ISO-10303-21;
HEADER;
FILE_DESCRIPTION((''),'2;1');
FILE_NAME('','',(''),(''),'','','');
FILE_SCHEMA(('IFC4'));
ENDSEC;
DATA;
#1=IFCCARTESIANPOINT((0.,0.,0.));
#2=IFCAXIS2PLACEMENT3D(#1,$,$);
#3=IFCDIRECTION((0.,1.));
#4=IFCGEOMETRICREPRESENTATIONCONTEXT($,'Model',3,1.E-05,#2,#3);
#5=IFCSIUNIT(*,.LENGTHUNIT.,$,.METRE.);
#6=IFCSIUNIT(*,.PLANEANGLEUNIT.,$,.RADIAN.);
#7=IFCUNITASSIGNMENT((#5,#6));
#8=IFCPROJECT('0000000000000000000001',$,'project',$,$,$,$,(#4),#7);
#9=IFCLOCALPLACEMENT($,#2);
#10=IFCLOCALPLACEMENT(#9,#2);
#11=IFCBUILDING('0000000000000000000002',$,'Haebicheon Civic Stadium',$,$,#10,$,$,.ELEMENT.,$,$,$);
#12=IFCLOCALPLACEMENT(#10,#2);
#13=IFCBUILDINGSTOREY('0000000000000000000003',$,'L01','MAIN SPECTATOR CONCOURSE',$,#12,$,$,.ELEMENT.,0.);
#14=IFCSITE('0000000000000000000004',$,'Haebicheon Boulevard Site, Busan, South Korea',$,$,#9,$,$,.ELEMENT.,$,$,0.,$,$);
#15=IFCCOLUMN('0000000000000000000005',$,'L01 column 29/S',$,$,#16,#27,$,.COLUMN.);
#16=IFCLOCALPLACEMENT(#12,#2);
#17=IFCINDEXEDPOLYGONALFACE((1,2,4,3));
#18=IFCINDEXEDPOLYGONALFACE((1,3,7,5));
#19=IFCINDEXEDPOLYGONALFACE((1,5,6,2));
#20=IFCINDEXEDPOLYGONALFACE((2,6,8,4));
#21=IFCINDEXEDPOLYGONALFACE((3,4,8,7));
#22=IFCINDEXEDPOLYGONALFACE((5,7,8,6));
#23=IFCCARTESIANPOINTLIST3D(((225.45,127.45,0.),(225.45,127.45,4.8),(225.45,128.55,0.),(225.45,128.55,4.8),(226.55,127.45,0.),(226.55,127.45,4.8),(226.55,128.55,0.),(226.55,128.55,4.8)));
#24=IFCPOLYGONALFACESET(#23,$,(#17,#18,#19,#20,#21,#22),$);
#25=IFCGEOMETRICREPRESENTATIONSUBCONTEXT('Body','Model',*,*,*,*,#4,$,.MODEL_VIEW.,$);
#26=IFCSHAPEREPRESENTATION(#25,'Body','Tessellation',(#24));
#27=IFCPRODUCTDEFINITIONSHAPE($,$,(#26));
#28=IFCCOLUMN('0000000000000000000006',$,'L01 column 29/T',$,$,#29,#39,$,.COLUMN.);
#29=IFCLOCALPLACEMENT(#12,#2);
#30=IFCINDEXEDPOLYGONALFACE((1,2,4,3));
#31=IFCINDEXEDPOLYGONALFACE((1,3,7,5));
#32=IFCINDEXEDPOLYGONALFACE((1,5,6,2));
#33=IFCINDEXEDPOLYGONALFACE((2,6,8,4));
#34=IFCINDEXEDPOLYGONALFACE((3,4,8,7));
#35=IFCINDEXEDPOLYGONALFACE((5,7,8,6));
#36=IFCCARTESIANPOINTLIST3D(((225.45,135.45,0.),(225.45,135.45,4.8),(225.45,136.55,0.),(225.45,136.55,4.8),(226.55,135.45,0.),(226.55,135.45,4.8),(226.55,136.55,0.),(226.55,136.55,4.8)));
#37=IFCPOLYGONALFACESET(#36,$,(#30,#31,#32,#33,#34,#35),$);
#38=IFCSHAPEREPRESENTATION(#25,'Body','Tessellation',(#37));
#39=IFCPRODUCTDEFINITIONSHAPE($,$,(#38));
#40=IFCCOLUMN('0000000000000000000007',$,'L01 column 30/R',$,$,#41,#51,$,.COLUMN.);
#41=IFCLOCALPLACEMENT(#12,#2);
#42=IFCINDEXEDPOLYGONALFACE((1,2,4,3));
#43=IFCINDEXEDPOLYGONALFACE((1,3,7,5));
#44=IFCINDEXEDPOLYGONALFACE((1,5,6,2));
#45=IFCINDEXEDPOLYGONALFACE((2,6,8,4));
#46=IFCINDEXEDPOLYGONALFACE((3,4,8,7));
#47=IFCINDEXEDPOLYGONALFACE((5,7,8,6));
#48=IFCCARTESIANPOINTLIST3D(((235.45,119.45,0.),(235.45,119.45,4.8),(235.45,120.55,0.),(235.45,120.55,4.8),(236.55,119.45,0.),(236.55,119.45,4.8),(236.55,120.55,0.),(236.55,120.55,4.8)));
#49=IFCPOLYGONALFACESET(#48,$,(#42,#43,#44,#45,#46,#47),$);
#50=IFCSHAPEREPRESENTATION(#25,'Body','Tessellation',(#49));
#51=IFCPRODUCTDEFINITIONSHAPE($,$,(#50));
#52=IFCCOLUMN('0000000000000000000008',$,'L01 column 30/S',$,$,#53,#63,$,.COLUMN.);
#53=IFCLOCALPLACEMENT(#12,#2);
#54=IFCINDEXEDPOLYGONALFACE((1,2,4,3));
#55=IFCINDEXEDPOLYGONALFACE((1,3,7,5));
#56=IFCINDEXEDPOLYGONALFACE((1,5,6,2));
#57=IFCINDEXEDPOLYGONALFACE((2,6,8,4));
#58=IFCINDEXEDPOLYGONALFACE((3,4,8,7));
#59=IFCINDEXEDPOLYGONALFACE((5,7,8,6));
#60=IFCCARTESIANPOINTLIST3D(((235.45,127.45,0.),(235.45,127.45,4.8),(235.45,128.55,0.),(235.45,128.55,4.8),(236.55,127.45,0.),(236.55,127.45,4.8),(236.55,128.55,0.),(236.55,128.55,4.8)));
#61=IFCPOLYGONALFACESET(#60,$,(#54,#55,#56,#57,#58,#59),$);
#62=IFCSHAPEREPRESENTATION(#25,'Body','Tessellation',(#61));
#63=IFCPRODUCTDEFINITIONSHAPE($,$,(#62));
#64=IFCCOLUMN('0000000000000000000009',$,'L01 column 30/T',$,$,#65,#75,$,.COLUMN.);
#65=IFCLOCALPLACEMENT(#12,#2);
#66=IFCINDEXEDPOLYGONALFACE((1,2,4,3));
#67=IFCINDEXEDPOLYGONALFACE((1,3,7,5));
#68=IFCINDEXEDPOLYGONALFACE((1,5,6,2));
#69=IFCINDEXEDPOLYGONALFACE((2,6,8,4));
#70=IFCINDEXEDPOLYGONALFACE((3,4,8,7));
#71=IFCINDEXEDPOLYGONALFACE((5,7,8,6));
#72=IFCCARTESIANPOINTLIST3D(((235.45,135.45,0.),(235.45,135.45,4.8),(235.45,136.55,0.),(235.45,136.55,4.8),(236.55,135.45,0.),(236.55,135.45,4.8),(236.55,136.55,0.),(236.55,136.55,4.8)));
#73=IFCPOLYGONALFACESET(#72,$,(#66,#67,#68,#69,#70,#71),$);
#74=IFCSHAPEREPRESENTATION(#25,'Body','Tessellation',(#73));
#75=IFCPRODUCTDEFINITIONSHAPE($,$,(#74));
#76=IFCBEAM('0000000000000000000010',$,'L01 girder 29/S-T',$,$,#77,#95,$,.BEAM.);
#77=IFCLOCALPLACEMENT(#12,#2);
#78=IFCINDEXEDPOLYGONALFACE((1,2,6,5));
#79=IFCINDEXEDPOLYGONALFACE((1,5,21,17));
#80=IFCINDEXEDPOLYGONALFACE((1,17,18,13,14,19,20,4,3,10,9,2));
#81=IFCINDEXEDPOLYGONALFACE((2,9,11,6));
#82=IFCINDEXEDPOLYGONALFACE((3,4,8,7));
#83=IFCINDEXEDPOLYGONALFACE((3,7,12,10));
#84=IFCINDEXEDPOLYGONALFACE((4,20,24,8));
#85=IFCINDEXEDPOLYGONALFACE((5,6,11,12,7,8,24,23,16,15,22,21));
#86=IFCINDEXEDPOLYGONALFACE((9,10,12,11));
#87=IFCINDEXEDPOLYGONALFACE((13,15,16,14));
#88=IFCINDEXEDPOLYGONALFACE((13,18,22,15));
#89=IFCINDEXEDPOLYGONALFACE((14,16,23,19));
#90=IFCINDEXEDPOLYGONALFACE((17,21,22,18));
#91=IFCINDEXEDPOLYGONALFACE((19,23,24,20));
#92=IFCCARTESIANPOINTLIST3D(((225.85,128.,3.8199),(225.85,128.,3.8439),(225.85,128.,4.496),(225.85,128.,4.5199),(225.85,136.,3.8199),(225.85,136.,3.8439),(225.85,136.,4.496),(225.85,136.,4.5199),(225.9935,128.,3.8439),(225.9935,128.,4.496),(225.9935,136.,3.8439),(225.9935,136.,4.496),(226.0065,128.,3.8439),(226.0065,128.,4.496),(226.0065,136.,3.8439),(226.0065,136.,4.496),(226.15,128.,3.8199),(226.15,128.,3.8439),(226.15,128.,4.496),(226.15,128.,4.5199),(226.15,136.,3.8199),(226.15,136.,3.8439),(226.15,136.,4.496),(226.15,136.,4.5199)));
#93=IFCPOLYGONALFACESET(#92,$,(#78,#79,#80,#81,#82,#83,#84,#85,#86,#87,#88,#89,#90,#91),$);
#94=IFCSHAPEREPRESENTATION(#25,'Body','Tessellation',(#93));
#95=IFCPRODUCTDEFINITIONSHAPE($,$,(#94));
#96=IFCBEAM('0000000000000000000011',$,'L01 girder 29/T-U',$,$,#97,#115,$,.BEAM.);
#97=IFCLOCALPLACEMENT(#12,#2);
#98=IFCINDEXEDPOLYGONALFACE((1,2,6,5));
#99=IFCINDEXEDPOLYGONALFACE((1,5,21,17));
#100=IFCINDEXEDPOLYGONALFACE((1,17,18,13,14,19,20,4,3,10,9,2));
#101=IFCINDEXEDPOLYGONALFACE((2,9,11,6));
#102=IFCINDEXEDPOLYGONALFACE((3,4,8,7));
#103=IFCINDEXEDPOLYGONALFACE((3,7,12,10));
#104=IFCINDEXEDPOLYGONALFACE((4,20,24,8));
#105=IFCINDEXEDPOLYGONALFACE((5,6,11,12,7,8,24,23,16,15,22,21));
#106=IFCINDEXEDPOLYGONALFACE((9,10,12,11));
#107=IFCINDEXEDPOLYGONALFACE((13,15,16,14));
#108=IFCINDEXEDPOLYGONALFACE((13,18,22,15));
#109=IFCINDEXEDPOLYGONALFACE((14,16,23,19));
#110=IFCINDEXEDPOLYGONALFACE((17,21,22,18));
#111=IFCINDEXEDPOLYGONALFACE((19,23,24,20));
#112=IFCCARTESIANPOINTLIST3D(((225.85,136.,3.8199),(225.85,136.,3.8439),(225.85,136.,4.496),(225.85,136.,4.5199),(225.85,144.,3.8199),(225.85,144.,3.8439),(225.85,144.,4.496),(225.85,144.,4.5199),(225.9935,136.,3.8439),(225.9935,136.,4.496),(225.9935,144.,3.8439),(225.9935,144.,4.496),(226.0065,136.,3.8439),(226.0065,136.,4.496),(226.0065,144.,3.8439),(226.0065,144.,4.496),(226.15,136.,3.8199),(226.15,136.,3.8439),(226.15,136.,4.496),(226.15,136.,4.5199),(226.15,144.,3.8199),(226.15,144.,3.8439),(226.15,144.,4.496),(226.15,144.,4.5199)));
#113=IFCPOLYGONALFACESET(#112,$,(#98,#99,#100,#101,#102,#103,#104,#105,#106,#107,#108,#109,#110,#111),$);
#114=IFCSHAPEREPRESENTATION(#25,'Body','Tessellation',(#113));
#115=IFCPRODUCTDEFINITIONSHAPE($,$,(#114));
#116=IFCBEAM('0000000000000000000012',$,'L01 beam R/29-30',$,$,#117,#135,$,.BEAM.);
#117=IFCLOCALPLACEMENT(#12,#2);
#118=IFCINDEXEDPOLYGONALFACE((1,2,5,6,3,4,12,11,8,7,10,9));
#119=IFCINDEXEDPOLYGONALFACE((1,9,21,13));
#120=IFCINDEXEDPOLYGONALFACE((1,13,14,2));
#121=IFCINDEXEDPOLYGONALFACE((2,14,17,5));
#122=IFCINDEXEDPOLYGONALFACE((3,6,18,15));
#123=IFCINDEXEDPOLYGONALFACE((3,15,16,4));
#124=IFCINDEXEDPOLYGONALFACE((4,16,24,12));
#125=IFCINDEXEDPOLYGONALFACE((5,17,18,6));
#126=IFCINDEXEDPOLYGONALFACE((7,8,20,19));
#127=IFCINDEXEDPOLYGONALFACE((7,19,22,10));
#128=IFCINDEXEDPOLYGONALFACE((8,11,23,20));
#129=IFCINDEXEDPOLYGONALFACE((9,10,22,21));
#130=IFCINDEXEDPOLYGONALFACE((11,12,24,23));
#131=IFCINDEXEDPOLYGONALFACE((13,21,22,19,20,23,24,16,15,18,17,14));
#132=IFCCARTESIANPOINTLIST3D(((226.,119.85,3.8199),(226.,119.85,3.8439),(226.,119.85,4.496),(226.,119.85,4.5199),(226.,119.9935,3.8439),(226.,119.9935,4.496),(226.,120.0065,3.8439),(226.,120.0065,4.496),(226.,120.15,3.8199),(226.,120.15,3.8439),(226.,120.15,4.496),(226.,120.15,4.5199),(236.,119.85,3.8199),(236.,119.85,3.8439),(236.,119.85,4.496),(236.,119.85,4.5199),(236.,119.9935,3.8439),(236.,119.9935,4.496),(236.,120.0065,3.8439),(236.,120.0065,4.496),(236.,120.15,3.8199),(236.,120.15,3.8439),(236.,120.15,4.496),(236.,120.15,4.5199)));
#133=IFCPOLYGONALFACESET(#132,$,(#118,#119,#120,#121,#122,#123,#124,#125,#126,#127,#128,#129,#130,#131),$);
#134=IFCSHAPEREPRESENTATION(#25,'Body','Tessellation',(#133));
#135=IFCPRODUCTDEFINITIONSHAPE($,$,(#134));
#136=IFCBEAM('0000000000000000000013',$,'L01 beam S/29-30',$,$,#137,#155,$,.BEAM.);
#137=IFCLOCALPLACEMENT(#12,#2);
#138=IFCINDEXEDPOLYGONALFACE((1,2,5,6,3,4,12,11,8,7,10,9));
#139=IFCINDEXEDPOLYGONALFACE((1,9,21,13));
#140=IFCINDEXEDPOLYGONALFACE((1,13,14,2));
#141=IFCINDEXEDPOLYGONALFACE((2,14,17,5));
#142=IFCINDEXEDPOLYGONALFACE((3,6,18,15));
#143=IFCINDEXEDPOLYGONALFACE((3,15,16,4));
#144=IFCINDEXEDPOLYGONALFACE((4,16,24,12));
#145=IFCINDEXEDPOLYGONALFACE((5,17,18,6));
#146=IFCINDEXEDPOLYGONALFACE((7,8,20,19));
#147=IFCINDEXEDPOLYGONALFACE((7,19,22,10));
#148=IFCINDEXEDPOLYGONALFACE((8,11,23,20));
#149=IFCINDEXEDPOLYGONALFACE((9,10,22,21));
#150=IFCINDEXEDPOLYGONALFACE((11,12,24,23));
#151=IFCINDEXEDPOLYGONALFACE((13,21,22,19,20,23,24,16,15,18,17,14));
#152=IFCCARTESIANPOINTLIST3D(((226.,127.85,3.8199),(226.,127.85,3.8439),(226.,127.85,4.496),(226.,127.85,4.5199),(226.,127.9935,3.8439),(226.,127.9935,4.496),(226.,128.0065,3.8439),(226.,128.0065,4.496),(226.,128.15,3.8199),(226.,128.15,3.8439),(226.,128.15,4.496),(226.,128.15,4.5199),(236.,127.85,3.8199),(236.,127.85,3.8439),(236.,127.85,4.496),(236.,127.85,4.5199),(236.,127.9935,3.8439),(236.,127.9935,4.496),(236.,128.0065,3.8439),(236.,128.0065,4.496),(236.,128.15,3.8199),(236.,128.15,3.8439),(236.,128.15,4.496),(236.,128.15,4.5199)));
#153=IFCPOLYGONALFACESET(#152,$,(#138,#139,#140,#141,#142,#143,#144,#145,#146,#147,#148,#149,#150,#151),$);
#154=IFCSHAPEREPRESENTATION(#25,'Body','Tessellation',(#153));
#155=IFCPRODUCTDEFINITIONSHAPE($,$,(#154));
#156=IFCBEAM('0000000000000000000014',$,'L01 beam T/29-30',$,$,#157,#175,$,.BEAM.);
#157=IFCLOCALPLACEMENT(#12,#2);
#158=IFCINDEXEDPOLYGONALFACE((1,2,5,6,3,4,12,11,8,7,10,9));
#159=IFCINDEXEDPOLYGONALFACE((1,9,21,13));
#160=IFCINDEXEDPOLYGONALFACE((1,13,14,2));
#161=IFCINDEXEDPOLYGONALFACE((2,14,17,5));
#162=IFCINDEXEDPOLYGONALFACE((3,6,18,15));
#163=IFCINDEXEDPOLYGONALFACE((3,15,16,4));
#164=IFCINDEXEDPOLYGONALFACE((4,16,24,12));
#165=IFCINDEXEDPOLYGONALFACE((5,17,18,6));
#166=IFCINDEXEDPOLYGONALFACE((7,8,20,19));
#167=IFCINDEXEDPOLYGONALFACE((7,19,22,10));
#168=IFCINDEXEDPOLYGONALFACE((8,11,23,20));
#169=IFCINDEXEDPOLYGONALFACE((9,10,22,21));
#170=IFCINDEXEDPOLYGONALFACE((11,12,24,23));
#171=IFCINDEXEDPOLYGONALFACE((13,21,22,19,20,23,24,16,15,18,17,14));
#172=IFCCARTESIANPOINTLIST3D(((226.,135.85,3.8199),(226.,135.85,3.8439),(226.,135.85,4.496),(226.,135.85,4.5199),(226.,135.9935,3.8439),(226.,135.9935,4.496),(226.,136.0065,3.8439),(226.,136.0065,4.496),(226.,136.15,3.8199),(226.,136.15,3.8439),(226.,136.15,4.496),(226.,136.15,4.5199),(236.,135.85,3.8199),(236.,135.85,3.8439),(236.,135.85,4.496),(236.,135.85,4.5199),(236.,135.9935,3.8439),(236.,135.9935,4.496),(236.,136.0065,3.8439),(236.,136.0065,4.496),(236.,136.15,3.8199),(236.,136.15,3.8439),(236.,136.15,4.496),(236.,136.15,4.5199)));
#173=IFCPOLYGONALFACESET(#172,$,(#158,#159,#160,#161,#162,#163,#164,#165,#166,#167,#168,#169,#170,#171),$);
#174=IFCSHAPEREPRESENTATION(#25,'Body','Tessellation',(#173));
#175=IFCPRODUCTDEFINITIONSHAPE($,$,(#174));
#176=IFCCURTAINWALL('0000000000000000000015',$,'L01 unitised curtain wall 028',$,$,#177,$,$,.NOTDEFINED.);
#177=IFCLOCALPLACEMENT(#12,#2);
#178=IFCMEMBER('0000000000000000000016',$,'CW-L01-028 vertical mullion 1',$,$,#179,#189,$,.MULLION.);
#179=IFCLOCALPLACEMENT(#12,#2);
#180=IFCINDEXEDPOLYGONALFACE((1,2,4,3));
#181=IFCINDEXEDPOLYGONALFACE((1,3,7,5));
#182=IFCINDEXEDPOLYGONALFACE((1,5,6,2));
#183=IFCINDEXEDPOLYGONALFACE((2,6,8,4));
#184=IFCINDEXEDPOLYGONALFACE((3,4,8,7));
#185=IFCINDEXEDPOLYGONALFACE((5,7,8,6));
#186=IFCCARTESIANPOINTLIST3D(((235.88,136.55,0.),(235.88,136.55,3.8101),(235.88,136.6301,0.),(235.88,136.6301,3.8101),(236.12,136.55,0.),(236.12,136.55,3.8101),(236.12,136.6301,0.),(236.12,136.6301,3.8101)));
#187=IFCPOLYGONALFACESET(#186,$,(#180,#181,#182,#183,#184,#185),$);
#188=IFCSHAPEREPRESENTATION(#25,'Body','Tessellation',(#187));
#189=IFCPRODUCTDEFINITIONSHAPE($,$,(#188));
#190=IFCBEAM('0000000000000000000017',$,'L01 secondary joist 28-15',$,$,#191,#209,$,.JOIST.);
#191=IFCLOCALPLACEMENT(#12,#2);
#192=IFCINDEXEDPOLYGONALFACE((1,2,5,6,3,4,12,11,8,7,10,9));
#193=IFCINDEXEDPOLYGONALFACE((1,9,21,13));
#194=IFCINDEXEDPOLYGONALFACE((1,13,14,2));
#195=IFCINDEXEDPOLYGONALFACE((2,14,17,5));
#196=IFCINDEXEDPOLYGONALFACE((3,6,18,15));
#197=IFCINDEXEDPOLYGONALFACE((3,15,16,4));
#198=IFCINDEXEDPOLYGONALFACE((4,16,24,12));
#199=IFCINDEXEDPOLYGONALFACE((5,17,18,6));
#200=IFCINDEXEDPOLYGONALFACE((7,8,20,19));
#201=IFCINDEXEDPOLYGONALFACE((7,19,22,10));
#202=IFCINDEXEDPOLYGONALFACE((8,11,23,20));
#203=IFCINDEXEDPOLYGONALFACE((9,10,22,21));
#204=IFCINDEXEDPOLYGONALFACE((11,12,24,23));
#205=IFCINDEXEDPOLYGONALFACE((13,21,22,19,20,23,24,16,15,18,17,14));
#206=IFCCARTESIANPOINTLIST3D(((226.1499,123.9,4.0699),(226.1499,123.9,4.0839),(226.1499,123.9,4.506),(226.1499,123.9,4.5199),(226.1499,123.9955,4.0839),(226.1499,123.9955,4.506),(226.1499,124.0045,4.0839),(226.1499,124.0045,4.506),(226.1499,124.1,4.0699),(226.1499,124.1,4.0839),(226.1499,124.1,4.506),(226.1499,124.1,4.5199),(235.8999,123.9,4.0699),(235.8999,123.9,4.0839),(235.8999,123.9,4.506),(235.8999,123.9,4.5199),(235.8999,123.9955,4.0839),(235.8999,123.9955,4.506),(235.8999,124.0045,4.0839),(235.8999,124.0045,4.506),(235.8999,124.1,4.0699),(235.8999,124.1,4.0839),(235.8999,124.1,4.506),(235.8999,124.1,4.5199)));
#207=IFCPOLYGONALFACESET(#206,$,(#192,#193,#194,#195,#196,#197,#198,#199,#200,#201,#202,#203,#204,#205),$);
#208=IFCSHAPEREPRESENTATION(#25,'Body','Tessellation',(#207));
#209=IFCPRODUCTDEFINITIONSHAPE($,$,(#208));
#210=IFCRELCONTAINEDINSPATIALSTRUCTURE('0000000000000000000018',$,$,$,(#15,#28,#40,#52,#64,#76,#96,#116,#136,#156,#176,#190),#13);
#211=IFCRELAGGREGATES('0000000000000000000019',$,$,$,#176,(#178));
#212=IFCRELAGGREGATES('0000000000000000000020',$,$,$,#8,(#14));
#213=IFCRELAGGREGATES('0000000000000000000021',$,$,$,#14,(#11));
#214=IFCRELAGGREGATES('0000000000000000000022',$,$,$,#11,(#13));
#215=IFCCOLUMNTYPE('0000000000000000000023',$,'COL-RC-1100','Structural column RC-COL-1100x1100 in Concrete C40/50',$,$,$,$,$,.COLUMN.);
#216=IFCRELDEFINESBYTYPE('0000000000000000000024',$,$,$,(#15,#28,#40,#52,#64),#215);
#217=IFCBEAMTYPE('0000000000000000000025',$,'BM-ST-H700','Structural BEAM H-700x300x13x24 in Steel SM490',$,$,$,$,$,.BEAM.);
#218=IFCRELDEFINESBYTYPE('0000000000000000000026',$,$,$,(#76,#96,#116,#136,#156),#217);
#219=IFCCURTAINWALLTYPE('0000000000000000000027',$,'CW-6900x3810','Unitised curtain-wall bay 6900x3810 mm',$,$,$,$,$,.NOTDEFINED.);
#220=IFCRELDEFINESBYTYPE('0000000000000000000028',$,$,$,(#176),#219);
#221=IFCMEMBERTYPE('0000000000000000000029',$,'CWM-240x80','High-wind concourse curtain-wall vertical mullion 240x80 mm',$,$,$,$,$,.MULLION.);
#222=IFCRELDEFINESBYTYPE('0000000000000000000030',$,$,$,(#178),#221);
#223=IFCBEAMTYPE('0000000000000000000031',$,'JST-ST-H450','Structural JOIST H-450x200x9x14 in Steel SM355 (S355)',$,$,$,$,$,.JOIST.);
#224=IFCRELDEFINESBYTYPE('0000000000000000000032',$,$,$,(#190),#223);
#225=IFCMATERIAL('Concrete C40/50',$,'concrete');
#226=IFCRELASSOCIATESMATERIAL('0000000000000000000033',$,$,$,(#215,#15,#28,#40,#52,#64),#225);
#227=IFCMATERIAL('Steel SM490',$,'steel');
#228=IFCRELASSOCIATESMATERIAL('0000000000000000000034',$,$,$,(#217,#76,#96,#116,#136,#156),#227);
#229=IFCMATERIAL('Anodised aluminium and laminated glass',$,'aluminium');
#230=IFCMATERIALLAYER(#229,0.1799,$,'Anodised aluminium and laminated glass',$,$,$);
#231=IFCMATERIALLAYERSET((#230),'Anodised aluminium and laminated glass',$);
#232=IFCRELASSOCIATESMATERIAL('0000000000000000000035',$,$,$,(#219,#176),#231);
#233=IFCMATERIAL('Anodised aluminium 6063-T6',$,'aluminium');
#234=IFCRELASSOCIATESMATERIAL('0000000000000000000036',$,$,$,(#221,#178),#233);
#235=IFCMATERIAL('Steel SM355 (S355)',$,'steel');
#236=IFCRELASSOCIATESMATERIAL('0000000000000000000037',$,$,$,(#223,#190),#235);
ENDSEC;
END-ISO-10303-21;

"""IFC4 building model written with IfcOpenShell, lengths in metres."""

from ifc_helpers import new_model, si_unit, direction, frame, origin, origin_2d, place, context, subcontext, project, spatial, rectangle, i_section, extrude, material, layer, layer_set, material_profile, profile_set, type_object, element, aggregate, save


model = new_model("IFC4")

# Units and contexts
model_context = context("Model", 3, precision=1e-05, world=origin(), true_north=direction((0.0, 1.0)))
body_context = subcontext(model_context, "Body", "Model", "MODEL_VIEW")
ifc_project = project(units=[si_unit("LENGTHUNIT", "METRE"), si_unit("PLANEANGLEUNIT", "RADIAN")], contexts=[model_context])

# Site, building, storey
site_placement = place(None, origin())
site = spatial("IfcSite", under=ifc_project, at=site_placement, Name="Haebicheon Boulevard Site, Busan, South Korea", CompositionType="ELEMENT", RefElevation=0.0)
building_placement = place(site_placement, origin())
building = spatial("IfcBuilding", under=site, at=building_placement, Name="Haebicheon Civic Stadium", CompositionType="ELEMENT")
storey_placement = place(building_placement, origin())
storey = spatial("IfcBuildingStorey", under=building, at=storey_placement, Name="L01", Description="MAIN SPECTATOR CONCOURSE", CompositionType="ELEMENT", Elevation=0.0)

# Columns
ifc_material_1 = material(Name="Concrete C40/50", Category="concrete")
ifc_material_profile_1 = material_profile(ifc_material_1, rectangle(XDim=1.1001, YDim=1.1001, at=origin_2d()), Name="RC-COL-1100x1100")
ifc_profile_set_1 = profile_set([ifc_material_profile_1], Name="Concrete C40/50")
column_type = type_object("IfcColumnType", Name="COL-RC-1100", Description="Structural column RC-COL-1100x1100 in Concrete C40/50", PredefinedType="COLUMN", material=ifc_profile_set_1)
for number, where, z_axis, x_axis, name in (
    (1, (226.0, 128.0, 0.0), (0.0, 0.0, 1.0), (1.0, 0.0, 0.0), "L01 column 29/S"),
    (2, (226.0, 136.0, 0.0), (0.0, 0.0, 1.0), (1.0, 0.0, 0.0), "L01 column 29/T"),
    (3, (236.0, 120.0, 0.0), (0.0, 0.0, 1.0), (1.0, 0.0, 0.0), "L01 column 30/R"),
    (4, (236.0, 128.0, 0.0), (0.0, 0.0, 1.0), (1.0, 0.0, 0.0), "L01 column 30/S"),
    (5, (236.0, 136.0, 0.0), (0.0, 0.0, 1.0), (1.0, 0.0, 0.0), "L01 column 30/T"),
):
    element("IfcColumn", number, at=place(storey_placement, frame(where, z_axis=z_axis, x_axis=x_axis)), inside=storey, type_object=column_type, material=ifc_profile_set_1, Name=name, PredefinedType="COLUMN", context=body_context, shape_type="SweptSolid", body=[
        extrude(rectangle(XDim=1.1001, YDim=1.1001, at=origin_2d()), origin(), (0.0, 0.0, 1.0), 4.8),
    ])

# Beams
ifc_material_2 = material(Name="Steel SM490", Category="steel")
ifc_material_profile_2 = material_profile(ifc_material_2, i_section(OverallWidth=0.3, OverallDepth=0.7, WebThickness=0.0129, FlangeThickness=0.0239, at=origin_2d()), Name="H-700x300x13x24")
ifc_profile_set_2 = profile_set([ifc_material_profile_2], Name="Steel SM490")
beam_type_1 = type_object("IfcBeamType", Name="BM-ST-H700", Description="Structural BEAM H-700x300x13x24 in Steel SM490", PredefinedType="BEAM", material=ifc_profile_set_2)
for number, where, z_axis, x_axis, name in (
    (6, (226.0, 128.0, 4.1699), (0.0, 1.0, 0.0), (-1.0, 0.0, 0.0), "L01 girder 29/S-T"),
    (7, (226.0, 136.0, 4.1699), (0.0, 1.0, 0.0), (-1.0, 0.0, 0.0), "L01 girder 29/T-U"),
):
    element("IfcBeam", number, at=place(storey_placement, frame(where, z_axis=z_axis, x_axis=x_axis)), inside=storey, type_object=beam_type_1, material=ifc_profile_set_2, Name=name, PredefinedType="BEAM", context=body_context, shape_type="SweptSolid", body=[
        extrude(i_section(OverallWidth=0.3, OverallDepth=0.7, WebThickness=0.0129, FlangeThickness=0.0239, at=origin_2d()), origin(), (0.0, 0.0, 1.0), 8.0),
    ])
for number, where, z_axis, x_axis, name in (
    (8, (226.0, 120.0, 4.1699), (1.0, 0.0, 0.0), (0.0, 1.0, 0.0), "L01 beam R/29-30"),
    (9, (226.0, 128.0, 4.1699), (1.0, 0.0, 0.0), (0.0, 1.0, 0.0), "L01 beam S/29-30"),
    (10, (226.0, 136.0, 4.1699), (1.0, 0.0, 0.0), (0.0, 1.0, 0.0), "L01 beam T/29-30"),
):
    element("IfcBeam", number, at=place(storey_placement, frame(where, z_axis=z_axis, x_axis=x_axis)), inside=storey, type_object=beam_type_1, material=ifc_profile_set_2, Name=name, PredefinedType="BEAM", context=body_context, shape_type="SweptSolid", body=[
        extrude(i_section(OverallWidth=0.3, OverallDepth=0.7, WebThickness=0.0129, FlangeThickness=0.0239, at=origin_2d()), origin(), (0.0, 0.0, 1.0), 10.0),
    ])

# Curtain wall, member
ifc_material_3 = material(Name="Anodised aluminium and laminated glass", Category="aluminium")
ifc_layer_1 = layer(ifc_material_3, 0.1799, Name="Anodised aluminium and laminated glass")
ifc_layer_set_1 = layer_set([ifc_layer_1], Name="Anodised aluminium and laminated glass")
curtain_wall_type = type_object("IfcCurtainWallType", Name="CW-6900x3810", Description="Unitised curtain-wall bay 6900x3810 mm", PredefinedType="NOTDEFINED", material=ifc_layer_set_1)
curtain_wall_placement = place(storey_placement, origin())
curtain_wall = element("IfcCurtainWall", 11, at=curtain_wall_placement, inside=storey, type_object=curtain_wall_type, material=ifc_layer_set_1, Name="L01 unitised curtain wall 028", PredefinedType="NOTDEFINED")
ifc_material_4 = material(Name="Anodised aluminium 6063-T6", Category="aluminium")
ifc_material_profile_3 = material_profile(ifc_material_4, rectangle(XDim=0.0801, YDim=0.24, at=origin_2d()), Name="ALU-MULL-80x240")
ifc_profile_set_3 = profile_set([ifc_material_profile_3], Name="Anodised aluminium 6063-T6")
member_type = type_object("IfcMemberType", Name="CWM-240x80", Description="High-wind concourse curtain-wall vertical mullion 240x80 mm", PredefinedType="MULLION", material=ifc_profile_set_3)
member_placement = place(storey_placement, frame((236.0, 136.5901, 0.0), z_axis=(0.0, 0.0, 1.0), x_axis=(0.0, 1.0, 0.0)))
member = element("IfcMember", 12, at=member_placement, type_object=member_type, material=ifc_profile_set_3, Name="CW-L01-028 vertical mullion 1", PredefinedType="MULLION", context=body_context, shape_type="SweptSolid", body=[
    extrude(rectangle(XDim=0.0801, YDim=0.24, at=origin_2d()), origin(), (0.0, 0.0, 1.0), 3.8101),
])
aggregate(curtain_wall, [member])

# Beam
ifc_material_5 = material(Name="Steel SM355 (S355)", Category="steel")
ifc_material_profile_4 = material_profile(ifc_material_5, i_section(OverallWidth=0.2, OverallDepth=0.45, WebThickness=0.009, FlangeThickness=0.0139, at=origin_2d()), Name="H-450x200x9x14")
ifc_profile_set_4 = profile_set([ifc_material_profile_4], Name="Steel SM355 (S355)")
beam_type_2 = type_object("IfcBeamType", Name="JST-ST-H450", Description="Structural JOIST H-450x200x9x14 in Steel SM355 (S355)", PredefinedType="JOIST", material=ifc_profile_set_4)
for number, where, z_axis, x_axis, name in (
    (13, (226.1499, 124.0, 4.2949), (1.0, 0.0, 0.0), (0.0, 1.0, 0.0), "L01 secondary joist 28-15"),
):
    element("IfcBeam", number, at=place(storey_placement, frame(where, z_axis=z_axis, x_axis=x_axis)), inside=storey, type_object=beam_type_2, material=ifc_profile_set_4, Name=name, PredefinedType="JOIST", context=body_context, shape_type="SweptSolid", body=[
        extrude(i_section(OverallWidth=0.2, OverallDepth=0.45, WebThickness=0.009, FlangeThickness=0.0139, at=origin_2d()), origin(), (0.0, 0.0, 1.0), 9.75),
    ])

save(model, "model.ifc")
